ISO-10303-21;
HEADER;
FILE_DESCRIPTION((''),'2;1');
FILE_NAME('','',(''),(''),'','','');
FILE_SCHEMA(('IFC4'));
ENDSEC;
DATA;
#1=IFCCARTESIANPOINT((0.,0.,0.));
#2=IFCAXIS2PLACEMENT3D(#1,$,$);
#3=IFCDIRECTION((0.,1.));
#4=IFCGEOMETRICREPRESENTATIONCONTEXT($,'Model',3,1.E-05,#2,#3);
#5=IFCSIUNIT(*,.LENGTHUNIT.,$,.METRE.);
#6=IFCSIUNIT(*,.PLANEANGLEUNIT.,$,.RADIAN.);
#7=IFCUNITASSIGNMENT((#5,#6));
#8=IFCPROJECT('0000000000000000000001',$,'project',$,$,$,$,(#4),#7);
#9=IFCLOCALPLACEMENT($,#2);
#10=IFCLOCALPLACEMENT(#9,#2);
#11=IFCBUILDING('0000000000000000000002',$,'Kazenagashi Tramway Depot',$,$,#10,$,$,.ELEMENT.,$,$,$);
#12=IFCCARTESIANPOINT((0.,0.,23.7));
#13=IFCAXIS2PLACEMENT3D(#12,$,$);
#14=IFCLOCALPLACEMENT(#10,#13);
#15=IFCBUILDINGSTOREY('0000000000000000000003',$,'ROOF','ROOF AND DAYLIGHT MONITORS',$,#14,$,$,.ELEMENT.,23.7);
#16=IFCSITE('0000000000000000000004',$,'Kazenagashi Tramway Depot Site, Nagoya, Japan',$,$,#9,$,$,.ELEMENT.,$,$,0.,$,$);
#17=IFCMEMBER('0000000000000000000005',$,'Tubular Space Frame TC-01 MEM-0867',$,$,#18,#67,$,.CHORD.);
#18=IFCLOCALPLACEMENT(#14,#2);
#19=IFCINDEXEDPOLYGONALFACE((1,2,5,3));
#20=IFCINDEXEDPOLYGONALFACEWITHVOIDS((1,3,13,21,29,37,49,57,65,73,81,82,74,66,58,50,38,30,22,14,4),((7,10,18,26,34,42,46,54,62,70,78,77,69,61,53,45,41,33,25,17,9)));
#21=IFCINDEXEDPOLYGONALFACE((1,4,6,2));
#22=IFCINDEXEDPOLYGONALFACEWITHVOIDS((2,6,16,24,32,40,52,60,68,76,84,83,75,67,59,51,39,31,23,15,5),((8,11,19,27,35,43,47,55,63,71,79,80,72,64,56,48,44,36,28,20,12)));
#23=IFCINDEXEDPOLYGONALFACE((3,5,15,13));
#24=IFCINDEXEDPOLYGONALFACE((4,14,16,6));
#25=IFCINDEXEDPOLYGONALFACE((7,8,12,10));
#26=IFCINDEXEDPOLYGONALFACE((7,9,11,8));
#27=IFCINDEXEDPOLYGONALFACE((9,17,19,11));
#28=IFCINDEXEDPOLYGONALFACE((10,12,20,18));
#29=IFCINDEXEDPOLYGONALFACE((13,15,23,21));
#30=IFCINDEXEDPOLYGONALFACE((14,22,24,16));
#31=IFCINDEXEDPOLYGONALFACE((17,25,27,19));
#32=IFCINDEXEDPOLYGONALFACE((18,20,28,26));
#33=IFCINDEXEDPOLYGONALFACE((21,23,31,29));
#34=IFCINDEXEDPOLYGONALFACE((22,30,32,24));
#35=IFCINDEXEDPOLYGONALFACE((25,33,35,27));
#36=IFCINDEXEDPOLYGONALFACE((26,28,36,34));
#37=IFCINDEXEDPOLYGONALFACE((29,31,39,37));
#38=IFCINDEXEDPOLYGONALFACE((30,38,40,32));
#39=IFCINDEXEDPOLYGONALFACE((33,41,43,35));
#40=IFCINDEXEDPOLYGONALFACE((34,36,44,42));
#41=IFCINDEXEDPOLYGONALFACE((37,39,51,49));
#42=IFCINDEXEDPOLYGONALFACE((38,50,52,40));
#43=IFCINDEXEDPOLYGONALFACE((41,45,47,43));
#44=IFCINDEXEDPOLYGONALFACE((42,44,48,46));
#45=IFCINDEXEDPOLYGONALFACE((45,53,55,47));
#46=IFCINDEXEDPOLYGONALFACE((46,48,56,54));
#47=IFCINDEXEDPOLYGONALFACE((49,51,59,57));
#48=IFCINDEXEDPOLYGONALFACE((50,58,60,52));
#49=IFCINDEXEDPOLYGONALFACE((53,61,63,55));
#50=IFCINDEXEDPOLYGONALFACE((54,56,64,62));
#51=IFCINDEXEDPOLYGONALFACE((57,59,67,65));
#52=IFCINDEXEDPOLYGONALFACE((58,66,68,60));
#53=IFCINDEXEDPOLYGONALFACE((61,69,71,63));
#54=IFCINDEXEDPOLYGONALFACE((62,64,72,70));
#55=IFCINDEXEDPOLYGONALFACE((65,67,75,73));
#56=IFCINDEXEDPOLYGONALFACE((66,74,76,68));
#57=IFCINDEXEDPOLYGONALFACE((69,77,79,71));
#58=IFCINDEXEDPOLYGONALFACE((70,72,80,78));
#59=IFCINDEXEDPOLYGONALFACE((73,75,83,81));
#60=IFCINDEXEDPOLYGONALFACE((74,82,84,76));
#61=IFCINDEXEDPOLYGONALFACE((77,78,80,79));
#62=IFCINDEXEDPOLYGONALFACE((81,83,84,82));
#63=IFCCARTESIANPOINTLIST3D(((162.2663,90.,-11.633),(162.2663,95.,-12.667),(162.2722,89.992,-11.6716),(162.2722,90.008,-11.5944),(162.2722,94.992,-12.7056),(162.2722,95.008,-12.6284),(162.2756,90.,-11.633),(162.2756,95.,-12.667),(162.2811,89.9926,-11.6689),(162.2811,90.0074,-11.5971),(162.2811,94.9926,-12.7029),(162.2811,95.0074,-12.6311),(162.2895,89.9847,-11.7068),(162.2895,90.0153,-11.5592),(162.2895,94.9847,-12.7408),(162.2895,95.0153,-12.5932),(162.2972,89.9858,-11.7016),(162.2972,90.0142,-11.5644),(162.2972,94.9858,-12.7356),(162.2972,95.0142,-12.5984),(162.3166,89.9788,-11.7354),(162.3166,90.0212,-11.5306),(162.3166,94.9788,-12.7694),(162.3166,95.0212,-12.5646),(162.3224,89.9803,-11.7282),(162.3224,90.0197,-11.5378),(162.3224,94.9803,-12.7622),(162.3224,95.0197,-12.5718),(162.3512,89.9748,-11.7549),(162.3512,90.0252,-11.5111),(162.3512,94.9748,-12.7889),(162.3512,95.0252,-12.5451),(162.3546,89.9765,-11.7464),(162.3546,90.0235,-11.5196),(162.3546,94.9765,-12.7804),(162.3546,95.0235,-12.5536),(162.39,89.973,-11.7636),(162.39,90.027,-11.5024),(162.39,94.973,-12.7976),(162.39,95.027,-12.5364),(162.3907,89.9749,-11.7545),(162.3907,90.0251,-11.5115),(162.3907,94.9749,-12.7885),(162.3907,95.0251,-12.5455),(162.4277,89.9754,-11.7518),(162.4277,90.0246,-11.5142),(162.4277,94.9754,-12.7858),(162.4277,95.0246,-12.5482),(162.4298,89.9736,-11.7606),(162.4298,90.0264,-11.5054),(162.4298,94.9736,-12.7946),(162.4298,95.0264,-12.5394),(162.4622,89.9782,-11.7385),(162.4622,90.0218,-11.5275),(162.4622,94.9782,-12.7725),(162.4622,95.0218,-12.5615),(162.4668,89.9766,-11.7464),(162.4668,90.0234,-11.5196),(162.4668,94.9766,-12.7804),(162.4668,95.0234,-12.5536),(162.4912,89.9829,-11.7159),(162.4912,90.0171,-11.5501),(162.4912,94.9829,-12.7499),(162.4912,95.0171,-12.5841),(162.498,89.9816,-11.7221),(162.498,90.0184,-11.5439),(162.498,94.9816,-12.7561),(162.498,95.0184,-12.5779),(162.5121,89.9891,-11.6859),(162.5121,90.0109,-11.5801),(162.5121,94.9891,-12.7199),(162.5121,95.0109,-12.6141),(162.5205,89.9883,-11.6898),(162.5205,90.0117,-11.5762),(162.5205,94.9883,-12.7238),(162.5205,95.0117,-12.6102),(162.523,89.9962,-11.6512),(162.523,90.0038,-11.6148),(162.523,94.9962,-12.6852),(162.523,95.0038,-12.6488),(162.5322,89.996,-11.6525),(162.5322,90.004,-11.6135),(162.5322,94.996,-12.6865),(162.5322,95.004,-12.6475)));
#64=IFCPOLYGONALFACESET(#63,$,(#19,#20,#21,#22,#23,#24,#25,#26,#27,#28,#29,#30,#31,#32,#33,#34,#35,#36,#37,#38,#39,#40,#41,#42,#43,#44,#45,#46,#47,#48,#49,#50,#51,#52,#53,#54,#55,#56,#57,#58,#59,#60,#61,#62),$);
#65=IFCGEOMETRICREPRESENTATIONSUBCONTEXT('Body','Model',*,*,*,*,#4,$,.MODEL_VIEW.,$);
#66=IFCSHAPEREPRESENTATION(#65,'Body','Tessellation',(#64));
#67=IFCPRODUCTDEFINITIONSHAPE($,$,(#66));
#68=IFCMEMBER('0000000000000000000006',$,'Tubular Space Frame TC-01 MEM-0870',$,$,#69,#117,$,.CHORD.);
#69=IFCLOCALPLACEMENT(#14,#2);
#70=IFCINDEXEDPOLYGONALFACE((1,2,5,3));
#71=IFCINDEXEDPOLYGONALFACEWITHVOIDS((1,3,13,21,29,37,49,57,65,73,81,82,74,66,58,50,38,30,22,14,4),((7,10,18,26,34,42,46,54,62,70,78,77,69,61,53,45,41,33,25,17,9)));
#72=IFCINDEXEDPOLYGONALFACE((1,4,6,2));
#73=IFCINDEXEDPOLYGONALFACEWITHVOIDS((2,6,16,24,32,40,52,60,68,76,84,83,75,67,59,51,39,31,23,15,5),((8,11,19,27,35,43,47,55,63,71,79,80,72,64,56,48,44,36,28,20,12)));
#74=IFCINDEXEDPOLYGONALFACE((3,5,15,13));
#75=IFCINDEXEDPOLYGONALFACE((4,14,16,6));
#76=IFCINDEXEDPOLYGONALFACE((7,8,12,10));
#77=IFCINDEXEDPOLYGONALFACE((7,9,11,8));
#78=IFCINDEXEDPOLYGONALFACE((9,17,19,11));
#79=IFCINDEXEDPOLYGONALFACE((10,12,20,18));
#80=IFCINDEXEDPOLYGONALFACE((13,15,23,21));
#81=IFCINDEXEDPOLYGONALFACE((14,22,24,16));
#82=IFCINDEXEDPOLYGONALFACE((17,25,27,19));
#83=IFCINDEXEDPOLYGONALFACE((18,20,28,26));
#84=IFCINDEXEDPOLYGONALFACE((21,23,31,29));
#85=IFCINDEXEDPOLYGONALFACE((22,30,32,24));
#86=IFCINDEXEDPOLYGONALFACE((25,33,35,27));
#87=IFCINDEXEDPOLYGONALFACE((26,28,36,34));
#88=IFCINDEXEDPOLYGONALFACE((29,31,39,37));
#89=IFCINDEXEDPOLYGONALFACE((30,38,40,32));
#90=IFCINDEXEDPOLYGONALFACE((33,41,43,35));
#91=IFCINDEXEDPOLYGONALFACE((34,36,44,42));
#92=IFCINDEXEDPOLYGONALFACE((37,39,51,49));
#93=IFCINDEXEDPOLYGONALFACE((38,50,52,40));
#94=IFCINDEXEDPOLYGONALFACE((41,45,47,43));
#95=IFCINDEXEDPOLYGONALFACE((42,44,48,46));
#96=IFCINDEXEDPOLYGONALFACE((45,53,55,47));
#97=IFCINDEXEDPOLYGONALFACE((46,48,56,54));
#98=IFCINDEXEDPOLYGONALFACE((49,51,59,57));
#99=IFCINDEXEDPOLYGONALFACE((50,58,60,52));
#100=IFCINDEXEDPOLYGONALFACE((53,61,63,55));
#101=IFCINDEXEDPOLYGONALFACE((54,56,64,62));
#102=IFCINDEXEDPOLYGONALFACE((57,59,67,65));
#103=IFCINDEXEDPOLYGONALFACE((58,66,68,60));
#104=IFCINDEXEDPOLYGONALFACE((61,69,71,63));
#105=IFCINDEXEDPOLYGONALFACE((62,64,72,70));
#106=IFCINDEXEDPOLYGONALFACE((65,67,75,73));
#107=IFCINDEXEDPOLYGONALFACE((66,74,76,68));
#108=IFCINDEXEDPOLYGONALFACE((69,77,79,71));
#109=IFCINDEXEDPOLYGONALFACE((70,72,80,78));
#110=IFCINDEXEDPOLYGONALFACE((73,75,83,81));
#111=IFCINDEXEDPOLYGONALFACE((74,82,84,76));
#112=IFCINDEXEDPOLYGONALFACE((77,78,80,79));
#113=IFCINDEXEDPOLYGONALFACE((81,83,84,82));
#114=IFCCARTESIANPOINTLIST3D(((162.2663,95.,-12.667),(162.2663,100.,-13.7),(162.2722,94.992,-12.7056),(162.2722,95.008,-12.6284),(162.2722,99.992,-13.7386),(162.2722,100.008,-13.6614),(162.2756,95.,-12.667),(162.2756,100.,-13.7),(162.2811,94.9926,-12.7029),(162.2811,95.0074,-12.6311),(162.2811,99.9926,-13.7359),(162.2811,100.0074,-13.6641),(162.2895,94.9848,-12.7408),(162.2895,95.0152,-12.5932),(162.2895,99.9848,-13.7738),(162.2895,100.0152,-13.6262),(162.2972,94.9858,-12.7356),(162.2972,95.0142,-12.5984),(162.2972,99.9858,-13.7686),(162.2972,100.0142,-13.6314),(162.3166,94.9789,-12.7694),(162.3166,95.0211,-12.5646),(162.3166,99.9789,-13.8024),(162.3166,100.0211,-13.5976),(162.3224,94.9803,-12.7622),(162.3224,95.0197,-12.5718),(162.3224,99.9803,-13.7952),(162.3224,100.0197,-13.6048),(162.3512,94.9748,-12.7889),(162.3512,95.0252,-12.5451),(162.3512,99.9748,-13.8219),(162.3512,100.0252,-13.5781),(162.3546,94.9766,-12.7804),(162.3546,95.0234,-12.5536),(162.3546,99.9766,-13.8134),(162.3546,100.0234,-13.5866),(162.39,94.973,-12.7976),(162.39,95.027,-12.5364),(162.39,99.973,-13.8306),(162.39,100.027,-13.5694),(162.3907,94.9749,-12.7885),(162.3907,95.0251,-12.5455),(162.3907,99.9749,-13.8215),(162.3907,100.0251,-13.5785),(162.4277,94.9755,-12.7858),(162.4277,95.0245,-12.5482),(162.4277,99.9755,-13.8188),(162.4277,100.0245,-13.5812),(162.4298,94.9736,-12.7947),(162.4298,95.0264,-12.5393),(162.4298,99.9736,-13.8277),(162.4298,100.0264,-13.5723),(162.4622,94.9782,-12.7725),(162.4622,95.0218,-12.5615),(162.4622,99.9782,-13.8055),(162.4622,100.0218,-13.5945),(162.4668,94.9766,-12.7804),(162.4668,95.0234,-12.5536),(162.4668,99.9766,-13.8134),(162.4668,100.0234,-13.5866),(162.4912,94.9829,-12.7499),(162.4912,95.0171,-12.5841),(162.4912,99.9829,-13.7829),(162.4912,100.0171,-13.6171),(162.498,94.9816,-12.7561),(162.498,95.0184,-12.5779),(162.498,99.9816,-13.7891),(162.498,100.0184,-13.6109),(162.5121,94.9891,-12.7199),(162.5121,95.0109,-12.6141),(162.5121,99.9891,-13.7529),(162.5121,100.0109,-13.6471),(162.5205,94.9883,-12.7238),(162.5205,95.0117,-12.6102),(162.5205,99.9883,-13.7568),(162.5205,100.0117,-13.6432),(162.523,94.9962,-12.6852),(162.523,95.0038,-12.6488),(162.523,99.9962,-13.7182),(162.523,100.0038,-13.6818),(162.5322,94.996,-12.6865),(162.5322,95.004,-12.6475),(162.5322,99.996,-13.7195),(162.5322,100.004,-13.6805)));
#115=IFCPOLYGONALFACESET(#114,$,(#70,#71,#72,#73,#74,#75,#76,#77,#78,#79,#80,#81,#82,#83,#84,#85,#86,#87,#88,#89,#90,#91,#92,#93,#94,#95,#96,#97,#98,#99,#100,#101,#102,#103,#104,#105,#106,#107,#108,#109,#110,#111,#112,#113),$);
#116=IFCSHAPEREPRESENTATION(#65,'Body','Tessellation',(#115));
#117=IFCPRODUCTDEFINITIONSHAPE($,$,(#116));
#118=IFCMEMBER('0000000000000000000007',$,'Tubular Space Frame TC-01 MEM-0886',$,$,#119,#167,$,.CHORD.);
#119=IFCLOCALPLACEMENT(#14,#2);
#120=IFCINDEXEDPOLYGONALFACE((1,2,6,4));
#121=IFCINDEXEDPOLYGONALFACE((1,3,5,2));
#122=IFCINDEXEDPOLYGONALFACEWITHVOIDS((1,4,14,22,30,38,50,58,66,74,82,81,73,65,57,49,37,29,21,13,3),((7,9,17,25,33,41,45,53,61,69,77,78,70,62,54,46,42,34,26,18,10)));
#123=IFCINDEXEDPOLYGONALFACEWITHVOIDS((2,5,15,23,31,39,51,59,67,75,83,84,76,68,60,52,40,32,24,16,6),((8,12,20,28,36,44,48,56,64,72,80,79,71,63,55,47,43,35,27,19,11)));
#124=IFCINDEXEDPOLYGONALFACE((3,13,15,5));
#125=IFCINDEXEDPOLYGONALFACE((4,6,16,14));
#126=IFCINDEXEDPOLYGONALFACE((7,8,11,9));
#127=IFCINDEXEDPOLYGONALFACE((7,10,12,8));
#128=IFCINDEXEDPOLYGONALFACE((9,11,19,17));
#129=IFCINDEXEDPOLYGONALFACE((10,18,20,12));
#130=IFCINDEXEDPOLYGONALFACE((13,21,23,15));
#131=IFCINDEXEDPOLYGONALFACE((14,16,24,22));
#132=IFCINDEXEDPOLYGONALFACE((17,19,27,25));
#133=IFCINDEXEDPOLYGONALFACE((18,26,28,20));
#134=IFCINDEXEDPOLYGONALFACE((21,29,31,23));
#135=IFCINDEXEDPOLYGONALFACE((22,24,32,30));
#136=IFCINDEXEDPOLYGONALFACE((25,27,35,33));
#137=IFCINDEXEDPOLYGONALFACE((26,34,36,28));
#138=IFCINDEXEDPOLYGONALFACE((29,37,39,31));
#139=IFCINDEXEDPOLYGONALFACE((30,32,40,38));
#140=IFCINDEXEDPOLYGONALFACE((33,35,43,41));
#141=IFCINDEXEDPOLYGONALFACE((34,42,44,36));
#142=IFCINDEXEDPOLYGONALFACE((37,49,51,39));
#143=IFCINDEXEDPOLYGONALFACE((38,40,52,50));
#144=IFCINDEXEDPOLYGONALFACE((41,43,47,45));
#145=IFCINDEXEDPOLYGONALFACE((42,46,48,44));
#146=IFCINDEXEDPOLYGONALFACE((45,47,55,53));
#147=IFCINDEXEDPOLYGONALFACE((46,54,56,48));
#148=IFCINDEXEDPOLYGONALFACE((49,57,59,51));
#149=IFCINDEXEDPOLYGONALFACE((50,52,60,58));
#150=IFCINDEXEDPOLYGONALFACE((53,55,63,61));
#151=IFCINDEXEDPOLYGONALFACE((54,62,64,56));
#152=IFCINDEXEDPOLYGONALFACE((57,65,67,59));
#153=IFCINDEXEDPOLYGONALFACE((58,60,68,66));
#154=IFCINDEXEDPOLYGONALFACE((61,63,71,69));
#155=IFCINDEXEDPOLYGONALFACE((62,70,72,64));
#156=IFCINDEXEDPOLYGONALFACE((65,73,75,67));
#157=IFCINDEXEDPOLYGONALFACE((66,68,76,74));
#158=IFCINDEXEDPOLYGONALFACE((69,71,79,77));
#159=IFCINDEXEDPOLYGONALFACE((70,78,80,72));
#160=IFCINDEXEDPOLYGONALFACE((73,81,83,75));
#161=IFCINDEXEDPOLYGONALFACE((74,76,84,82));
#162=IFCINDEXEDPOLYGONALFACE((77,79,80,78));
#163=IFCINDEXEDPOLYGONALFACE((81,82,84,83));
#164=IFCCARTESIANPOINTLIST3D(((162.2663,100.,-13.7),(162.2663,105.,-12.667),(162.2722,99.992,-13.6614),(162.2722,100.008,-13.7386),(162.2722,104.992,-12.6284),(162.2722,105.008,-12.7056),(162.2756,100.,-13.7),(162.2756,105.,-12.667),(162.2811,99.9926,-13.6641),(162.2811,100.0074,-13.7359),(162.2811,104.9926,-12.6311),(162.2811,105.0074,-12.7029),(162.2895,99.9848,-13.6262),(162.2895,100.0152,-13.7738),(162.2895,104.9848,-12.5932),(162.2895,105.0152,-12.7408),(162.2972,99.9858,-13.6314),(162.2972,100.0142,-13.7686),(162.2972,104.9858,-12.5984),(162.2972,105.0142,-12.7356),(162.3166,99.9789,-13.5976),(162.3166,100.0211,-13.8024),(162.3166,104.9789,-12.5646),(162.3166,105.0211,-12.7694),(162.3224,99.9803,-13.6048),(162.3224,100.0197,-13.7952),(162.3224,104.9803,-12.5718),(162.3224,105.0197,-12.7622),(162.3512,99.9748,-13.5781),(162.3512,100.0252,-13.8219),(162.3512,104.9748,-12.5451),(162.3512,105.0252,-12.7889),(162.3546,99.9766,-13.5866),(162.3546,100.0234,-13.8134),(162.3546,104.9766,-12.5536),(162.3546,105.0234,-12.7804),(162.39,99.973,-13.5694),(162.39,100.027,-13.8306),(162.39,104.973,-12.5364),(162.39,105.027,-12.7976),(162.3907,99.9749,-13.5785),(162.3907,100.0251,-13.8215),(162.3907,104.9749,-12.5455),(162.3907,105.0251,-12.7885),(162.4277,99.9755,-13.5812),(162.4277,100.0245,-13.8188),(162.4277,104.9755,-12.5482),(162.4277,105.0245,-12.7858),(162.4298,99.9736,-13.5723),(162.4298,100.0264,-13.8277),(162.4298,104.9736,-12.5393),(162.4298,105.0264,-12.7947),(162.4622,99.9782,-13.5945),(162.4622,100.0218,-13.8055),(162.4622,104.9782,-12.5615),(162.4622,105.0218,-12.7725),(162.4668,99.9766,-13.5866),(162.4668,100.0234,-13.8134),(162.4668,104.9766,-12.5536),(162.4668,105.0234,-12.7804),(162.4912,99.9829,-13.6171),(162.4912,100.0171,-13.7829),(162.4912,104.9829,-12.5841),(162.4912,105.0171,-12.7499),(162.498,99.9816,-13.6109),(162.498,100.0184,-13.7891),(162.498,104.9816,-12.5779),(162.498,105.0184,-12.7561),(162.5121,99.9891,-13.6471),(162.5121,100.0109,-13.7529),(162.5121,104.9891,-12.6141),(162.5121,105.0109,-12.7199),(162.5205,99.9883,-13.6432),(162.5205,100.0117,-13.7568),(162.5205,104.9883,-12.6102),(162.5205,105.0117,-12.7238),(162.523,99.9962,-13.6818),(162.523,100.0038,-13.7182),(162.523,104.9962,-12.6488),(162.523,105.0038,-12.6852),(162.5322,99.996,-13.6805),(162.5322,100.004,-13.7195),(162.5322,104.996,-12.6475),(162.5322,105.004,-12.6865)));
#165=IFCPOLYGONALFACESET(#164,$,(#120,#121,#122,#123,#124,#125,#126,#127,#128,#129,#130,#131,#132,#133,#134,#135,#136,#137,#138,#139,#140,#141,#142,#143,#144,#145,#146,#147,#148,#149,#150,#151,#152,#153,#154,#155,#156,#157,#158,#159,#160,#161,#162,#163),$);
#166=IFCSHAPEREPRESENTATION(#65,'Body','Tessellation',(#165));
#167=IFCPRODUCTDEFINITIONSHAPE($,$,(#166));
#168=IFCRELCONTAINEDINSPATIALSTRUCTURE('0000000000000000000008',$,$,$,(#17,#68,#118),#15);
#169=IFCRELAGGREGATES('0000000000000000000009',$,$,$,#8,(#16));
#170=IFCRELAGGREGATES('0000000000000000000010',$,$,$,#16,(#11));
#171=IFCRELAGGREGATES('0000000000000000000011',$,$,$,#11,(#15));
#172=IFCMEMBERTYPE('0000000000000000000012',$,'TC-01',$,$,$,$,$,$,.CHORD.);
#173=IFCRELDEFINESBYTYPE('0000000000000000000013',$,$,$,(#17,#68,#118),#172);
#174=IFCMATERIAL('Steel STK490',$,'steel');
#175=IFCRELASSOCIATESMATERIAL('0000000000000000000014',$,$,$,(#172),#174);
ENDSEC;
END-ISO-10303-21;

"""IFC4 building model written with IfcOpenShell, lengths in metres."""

from ifc_helpers import new_model, si_unit, direction, frame, origin, origin_2d, place, context, subcontext, project, spatial, hollow_circle, extrude, material, material_profile, profile_set, type_object, element, save


model = new_model("IFC4")

# Units and contexts
model_context = context("Model", 3, precision=1e-05, world=origin(), true_north=direction((0.0, 1.0)))
body_context = subcontext(model_context, "Body", "Model", "MODEL_VIEW")
ifc_project = project(units=[si_unit("LENGTHUNIT", "METRE"), si_unit("PLANEANGLEUNIT", "RADIAN")], contexts=[model_context])

# Site, building, storey
site_placement = place(None, origin())
site = spatial("IfcSite", under=ifc_project, at=site_placement, Name="Kazenagashi Tramway Depot Site, Nagoya, Japan", CompositionType="ELEMENT", RefElevation=0.0)
building_placement = place(site_placement, origin())
building = spatial("IfcBuilding", under=site, at=building_placement, Name="Kazenagashi Tramway Depot", CompositionType="ELEMENT")
storey_placement = place(building_placement, frame((0.0, 0.0, 23.7)))
storey = spatial("IfcBuildingStorey", under=building, at=storey_placement, Name="ROOF", Description="ROOF AND DAYLIGHT MONITORS", CompositionType="ELEMENT", Elevation=23.7)

# Members
ifc_material_1 = material(Name="Steel STK490", Category="steel")
ifc_material_profile_1 = material_profile(ifc_material_1, hollow_circle(Radius=0.1337, WallThickness=0.0093, at=origin_2d()), Name="CHS-267.4x9.3")
ifc_profile_set_1 = profile_set([ifc_material_profile_1], Name="Steel STK490")
member_type_1 = type_object("IfcMemberType", Name="TC-01", PredefinedType="CHORD", material=ifc_profile_set_1)
member_1_placement = place(storey_placement, frame((162.4, 90.0, -11.633), z_axis=(0.0, 0.979279, -0.202515), x_axis=(-1.0, 0.0, 0.0)))
element("IfcMember", 1, at=member_1_placement, inside=storey, type_object=member_type_1, Name="Tubular Space Frame TC-01 MEM-0867", PredefinedType="CHORD", context=body_context, shape_type="SweptSolid", body=[
    extrude(hollow_circle(Radius=0.1337, WallThickness=0.0093, at=origin_2d()), origin(), (0.0, 0.0, 1.0), 5.1058),
])
for number, where, z_axis, x_axis, name in (
    (2, (162.4, 95.0, -12.667), (0.0, 0.979318, -0.202327), (-1.0, 0.0, 0.0), "Tubular Space Frame TC-01 MEM-0870"),
    (3, (162.4, 100.0, -13.7), (0.0, 0.979318, 0.202327), (-1.0, 0.0, 0.0), "Tubular Space Frame TC-01 MEM-0886"),
):
    element("IfcMember", number, at=place(storey_placement, frame(where, z_axis=z_axis, x_axis=x_axis)), inside=storey, type_object=member_type_1, Name=name, PredefinedType="CHORD", context=body_context, shape_type="SweptSolid", body=[
        extrude(hollow_circle(Radius=0.1337, WallThickness=0.0093, at=origin_2d()), origin(), (0.0, 0.0, 1.0), 5.1056),
    ])

save(model, "model.ifc")
